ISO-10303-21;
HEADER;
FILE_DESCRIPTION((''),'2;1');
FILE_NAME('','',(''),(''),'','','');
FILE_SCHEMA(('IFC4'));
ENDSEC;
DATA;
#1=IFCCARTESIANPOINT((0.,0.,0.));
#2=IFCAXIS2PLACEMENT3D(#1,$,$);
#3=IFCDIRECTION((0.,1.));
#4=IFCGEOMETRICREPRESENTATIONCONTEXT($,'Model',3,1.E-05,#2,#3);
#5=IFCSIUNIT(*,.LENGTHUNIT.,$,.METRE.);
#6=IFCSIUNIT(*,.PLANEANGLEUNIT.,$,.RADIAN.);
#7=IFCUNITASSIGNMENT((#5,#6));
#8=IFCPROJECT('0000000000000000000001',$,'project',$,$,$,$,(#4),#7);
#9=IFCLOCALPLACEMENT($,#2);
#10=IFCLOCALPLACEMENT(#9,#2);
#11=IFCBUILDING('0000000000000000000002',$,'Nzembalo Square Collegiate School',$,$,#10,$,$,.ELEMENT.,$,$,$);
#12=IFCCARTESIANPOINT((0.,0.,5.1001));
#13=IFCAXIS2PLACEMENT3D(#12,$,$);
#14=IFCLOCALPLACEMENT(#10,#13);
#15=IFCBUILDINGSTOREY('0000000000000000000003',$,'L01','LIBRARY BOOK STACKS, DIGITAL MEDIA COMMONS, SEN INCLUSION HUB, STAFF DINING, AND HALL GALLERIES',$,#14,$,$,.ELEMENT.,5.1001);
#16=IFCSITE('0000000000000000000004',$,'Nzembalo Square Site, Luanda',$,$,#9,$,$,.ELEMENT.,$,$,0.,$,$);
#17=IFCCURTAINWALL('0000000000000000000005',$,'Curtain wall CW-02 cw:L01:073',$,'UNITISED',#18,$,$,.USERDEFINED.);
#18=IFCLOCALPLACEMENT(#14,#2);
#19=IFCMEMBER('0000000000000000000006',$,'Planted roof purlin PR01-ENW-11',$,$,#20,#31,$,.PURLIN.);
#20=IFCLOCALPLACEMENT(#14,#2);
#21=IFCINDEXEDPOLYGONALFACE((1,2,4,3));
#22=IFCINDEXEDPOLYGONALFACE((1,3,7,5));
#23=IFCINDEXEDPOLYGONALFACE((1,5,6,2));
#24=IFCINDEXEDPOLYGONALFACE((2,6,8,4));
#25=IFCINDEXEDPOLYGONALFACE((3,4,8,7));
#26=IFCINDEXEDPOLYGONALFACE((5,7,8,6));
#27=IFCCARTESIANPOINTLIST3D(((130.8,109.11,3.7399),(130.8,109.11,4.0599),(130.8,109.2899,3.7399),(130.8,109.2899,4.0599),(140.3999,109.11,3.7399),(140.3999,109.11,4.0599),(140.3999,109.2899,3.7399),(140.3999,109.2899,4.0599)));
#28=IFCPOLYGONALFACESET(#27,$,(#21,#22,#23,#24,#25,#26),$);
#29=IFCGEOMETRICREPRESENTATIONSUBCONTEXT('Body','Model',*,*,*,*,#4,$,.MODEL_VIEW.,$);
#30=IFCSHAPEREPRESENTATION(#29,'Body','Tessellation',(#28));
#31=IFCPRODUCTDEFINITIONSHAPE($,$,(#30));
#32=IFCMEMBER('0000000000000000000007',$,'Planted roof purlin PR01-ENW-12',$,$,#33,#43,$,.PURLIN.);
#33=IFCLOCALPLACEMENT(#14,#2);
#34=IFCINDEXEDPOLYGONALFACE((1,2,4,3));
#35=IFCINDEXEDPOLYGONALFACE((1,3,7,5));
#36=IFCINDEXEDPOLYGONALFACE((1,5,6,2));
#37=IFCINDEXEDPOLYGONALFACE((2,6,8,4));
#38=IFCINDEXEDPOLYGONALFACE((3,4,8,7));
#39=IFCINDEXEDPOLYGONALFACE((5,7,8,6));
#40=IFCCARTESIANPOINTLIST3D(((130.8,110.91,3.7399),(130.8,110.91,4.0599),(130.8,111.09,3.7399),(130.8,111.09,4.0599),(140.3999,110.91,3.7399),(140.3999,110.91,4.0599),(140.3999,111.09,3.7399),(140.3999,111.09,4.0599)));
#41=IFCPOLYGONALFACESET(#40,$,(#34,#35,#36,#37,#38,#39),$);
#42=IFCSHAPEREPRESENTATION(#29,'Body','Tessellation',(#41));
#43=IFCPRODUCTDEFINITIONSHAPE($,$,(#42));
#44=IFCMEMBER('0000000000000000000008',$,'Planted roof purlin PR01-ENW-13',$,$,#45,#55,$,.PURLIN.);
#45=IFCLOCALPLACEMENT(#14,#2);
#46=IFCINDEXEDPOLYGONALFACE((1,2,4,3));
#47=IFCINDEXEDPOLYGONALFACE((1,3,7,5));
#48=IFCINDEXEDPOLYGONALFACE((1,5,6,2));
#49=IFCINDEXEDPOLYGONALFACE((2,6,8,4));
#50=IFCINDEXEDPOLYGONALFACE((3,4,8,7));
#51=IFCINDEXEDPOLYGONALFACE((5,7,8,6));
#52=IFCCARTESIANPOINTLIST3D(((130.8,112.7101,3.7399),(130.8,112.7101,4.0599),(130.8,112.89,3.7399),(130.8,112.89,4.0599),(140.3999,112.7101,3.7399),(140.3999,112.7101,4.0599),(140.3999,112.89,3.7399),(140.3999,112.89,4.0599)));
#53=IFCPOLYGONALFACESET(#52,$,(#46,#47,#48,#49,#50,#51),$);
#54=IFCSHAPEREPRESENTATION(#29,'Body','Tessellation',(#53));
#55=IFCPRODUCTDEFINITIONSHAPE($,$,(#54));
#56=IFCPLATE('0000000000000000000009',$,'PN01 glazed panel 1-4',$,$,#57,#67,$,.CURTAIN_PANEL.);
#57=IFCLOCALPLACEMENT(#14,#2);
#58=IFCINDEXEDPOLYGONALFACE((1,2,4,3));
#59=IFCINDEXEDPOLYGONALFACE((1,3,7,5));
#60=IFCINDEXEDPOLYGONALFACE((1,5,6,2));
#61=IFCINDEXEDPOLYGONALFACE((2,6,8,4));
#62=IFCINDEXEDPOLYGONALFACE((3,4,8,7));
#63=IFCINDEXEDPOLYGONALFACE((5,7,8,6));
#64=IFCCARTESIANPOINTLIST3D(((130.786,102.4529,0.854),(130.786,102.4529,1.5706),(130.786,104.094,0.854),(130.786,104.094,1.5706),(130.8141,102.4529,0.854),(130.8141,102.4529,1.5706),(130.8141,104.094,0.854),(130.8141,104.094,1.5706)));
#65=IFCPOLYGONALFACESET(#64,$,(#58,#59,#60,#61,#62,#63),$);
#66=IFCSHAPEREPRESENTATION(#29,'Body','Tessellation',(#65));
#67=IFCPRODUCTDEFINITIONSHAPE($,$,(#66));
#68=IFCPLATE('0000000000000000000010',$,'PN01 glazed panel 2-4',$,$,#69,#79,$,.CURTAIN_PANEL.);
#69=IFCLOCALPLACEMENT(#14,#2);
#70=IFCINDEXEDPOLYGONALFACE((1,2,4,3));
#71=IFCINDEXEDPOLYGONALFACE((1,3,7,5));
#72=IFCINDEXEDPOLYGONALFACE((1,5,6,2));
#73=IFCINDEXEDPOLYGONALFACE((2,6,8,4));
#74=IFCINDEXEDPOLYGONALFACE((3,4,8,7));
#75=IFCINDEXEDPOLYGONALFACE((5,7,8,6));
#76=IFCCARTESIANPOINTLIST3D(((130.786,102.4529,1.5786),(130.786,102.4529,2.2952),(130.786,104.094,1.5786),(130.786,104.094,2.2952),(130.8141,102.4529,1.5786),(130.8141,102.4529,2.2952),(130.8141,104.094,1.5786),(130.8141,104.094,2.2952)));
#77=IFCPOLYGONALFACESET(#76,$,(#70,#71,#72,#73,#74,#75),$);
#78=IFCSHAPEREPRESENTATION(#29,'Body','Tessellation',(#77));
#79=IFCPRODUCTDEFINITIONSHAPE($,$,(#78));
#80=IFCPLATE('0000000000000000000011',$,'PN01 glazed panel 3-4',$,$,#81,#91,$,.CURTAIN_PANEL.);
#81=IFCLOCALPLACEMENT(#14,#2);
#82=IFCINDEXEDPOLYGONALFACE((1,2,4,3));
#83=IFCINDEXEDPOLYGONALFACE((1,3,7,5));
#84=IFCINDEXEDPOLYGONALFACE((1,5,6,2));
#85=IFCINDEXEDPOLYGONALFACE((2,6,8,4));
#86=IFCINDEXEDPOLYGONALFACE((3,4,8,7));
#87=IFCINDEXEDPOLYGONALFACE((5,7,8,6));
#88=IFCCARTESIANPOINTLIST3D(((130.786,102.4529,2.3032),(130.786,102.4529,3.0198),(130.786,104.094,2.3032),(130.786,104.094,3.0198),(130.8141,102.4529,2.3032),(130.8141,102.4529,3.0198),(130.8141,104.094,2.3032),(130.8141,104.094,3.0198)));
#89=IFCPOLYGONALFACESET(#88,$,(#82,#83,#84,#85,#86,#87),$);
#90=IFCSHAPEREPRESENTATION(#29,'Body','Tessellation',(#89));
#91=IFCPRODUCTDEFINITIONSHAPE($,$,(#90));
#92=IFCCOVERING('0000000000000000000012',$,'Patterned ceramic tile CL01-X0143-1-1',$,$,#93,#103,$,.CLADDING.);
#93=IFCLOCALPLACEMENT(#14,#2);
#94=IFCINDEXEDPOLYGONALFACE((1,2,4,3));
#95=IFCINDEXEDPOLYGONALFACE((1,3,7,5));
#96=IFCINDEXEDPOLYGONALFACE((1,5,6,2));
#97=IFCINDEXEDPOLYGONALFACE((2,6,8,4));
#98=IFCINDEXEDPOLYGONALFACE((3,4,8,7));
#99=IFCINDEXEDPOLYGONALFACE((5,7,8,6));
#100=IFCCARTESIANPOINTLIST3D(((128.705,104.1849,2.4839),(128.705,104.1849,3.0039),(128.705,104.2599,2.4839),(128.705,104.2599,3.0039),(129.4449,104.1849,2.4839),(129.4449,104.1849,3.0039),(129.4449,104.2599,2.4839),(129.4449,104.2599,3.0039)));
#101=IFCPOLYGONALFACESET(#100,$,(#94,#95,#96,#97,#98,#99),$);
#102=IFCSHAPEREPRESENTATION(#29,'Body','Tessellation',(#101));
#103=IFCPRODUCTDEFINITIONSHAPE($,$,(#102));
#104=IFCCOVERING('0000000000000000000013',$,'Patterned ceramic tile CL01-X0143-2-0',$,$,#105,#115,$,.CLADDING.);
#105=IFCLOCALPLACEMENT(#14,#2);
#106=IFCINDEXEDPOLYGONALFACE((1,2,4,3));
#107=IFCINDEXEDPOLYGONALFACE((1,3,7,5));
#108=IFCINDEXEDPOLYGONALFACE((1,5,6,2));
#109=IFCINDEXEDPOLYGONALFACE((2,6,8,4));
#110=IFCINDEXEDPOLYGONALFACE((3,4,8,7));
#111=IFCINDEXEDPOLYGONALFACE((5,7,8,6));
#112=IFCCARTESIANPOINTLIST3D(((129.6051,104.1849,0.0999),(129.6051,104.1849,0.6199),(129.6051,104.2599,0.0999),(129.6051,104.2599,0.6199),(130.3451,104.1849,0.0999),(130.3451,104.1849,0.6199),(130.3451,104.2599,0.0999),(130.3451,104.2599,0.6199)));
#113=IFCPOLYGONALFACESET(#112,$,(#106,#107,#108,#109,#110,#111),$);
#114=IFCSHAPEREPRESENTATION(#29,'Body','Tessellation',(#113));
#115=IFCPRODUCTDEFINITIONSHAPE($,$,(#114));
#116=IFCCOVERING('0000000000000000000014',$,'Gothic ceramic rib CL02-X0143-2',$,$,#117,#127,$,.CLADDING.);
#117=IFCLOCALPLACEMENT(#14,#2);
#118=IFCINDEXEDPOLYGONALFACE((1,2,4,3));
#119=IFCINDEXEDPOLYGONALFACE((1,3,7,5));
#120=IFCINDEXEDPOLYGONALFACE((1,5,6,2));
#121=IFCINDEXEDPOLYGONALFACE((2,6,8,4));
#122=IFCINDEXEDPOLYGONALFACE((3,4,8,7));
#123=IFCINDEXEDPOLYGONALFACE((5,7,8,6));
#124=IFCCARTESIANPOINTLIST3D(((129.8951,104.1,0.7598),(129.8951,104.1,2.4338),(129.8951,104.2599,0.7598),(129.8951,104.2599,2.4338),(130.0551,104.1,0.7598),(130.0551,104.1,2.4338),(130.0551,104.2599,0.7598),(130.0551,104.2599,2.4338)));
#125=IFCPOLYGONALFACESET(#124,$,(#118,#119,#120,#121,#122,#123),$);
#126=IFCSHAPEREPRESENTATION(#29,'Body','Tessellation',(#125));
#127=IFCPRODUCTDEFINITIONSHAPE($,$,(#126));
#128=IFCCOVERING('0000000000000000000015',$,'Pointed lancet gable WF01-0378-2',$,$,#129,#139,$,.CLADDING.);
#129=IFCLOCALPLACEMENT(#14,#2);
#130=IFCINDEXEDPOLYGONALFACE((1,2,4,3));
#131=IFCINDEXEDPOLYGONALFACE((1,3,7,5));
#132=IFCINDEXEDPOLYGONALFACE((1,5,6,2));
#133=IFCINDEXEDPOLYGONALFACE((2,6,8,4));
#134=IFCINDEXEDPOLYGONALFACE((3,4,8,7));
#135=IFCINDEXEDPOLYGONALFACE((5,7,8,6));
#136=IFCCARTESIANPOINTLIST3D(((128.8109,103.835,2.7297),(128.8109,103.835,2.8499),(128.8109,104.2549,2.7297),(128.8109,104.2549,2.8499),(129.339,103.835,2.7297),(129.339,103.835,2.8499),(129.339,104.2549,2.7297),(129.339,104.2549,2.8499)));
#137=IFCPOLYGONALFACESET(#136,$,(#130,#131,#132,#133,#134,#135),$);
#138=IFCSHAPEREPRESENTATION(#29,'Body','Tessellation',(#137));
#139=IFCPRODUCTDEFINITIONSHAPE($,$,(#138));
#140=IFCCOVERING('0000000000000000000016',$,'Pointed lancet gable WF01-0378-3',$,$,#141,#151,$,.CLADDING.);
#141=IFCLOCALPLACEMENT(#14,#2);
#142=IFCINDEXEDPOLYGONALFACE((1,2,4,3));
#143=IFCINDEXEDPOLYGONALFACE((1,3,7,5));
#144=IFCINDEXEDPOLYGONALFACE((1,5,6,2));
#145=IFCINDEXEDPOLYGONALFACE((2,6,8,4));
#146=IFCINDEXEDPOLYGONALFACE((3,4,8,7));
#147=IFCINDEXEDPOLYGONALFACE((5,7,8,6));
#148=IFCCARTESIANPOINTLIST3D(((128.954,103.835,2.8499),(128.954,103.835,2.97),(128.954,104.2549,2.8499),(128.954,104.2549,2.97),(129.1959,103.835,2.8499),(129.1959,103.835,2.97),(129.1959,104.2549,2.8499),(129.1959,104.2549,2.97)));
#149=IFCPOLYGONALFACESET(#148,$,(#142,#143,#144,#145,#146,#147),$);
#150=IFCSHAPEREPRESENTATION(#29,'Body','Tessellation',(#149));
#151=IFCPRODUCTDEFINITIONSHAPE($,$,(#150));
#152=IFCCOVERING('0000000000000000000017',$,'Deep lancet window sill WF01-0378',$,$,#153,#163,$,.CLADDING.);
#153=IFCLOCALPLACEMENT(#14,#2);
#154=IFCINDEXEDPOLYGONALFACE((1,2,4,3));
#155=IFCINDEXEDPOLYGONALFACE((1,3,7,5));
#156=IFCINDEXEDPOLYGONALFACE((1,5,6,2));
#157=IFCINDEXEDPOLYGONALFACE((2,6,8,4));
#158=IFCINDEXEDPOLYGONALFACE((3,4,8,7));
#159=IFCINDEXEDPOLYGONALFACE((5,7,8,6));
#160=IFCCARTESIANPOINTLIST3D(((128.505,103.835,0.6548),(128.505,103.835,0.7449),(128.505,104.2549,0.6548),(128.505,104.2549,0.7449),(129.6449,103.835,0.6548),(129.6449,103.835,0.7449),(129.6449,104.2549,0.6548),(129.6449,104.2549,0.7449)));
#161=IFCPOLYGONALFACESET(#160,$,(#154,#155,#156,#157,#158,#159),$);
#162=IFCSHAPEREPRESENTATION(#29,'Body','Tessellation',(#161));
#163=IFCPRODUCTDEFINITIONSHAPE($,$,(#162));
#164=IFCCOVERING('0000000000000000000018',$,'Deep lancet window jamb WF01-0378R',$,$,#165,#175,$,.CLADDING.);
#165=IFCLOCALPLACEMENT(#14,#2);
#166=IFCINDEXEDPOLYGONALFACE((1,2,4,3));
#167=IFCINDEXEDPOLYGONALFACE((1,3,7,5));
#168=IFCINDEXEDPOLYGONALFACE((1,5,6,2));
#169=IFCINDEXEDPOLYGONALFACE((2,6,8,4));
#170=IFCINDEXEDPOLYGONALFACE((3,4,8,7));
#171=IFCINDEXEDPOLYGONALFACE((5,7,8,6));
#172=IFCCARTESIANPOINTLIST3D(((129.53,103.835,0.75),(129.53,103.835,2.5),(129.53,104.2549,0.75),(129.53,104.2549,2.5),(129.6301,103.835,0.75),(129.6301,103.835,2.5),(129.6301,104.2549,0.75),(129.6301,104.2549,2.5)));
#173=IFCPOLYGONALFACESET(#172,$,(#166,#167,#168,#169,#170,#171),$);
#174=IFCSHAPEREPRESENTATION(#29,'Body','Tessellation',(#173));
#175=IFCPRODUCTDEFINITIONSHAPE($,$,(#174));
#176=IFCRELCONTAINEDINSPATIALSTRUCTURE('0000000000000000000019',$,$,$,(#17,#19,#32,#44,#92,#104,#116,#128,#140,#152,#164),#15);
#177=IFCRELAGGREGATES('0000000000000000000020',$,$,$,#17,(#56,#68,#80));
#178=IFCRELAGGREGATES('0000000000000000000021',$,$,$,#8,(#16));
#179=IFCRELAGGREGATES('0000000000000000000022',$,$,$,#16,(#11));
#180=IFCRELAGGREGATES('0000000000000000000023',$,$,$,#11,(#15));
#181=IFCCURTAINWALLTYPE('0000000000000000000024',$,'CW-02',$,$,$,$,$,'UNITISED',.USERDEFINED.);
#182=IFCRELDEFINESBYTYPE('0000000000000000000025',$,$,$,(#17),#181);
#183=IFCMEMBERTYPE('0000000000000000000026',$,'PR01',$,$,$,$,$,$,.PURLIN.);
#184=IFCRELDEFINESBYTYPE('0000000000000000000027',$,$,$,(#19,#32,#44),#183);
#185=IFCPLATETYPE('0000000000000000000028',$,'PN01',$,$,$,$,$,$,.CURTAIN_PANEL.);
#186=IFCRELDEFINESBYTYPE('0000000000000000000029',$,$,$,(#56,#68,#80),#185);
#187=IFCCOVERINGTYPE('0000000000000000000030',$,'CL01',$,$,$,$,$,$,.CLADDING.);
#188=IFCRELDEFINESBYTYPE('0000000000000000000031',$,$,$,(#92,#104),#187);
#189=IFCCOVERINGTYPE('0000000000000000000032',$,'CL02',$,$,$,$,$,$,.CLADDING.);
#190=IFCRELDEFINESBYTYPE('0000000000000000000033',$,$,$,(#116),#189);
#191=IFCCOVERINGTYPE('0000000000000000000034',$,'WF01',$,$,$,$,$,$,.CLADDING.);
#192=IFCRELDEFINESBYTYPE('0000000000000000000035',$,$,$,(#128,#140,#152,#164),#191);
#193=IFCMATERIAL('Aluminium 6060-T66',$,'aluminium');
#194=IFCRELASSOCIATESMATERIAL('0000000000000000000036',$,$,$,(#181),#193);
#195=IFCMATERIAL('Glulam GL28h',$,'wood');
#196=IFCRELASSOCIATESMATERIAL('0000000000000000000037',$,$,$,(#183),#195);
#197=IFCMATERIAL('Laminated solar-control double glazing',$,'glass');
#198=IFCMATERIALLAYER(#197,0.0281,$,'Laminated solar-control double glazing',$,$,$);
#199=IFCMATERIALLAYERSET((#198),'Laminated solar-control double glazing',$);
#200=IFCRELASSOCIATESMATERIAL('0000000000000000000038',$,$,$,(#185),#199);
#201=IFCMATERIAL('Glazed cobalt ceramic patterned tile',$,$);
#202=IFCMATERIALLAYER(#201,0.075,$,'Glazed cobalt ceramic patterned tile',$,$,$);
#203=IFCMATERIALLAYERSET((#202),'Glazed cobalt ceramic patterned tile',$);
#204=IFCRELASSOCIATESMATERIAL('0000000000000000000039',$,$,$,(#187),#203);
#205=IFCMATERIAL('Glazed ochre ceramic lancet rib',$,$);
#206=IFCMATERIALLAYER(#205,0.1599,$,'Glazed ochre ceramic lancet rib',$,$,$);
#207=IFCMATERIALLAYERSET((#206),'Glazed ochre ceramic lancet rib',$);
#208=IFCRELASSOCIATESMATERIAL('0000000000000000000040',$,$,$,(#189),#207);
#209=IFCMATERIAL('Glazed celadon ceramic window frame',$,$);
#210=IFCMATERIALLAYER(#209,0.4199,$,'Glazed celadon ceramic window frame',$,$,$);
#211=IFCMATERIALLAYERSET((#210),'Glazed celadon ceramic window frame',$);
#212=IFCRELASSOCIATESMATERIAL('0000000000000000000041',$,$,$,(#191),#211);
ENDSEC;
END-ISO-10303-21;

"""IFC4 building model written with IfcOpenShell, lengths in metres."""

from ifc_helpers import new_model, si_unit, direction, frame, origin, origin_2d, place, context, subcontext, project, spatial, rectangle, extrude, material, layer, layer_set, material_profile, profile_set, type_object, element, aggregate, save


model = new_model("IFC4")

# Units and contexts
model_context = context("Model", 3, precision=1e-05, world=origin(), true_north=direction((0.0, 1.0)))
body_context = subcontext(model_context, "Body", "Model", "MODEL_VIEW")
ifc_project = project(units=[si_unit("LENGTHUNIT", "METRE"), si_unit("PLANEANGLEUNIT", "RADIAN")], contexts=[model_context])

# Site, building, storey
site_placement = place(None, origin())
site = spatial("IfcSite", under=ifc_project, at=site_placement, Name="Nzembalo Square Site, Luanda", CompositionType="ELEMENT", RefElevation=0.0)
building_placement = place(site_placement, origin())
building = spatial("IfcBuilding", under=site, at=building_placement, Name="Nzembalo Square Collegiate School", CompositionType="ELEMENT")
storey_placement = place(building_placement, frame((0.0, 0.0, 5.1001)))
storey = spatial("IfcBuildingStorey", under=building, at=storey_placement, Name="L01", Description="LIBRARY BOOK STACKS, DIGITAL MEDIA COMMONS, SEN INCLUSION HUB, STAFF DINING, AND HALL GALLERIES", CompositionType="ELEMENT", Elevation=5.1001)

# Curtain wall
ifc_material_1 = material(Name="Aluminium 6060-T66", Category="aluminium")
curtain_wall_type = type_object("IfcCurtainWallType", Name="CW-02", ElementType="UNITISED", PredefinedType="USERDEFINED", material=ifc_material_1)
curtain_wall_placement = place(storey_placement, origin())
curtain_wall = element("IfcCurtainWall", 1, at=curtain_wall_placement, inside=storey, type_object=curtain_wall_type, Name="Curtain wall CW-02 cw:L01:073", ObjectType="UNITISED", PredefinedType="USERDEFINED")

# Members
ifc_material_2 = material(Name="Glulam GL28h", Category="wood")
ifc_material_profile_1 = material_profile(ifc_material_2, rectangle(XDim=0.1799, YDim=0.3201, at=origin_2d()), Name="GL28h 180x320")
ifc_profile_set_1 = profile_set([ifc_material_profile_1], Name="Glulam GL28h")
member_type_1 = type_object("IfcMemberType", Name="PR01", PredefinedType="PURLIN", material=ifc_profile_set_1)
for number, where, z_axis, x_axis, name in (
    (2, (130.8, 109.2, 3.8999), (1.0, 0.0, 0.0), (0.0, 1.0, 0.0), "Planted roof purlin PR01-ENW-11"),
    (3, (130.8, 111.0, 3.8999), (1.0, 0.0, 0.0), (0.0, 1.0, 0.0), "Planted roof purlin PR01-ENW-12"),
    (4, (130.8, 112.8, 3.8999), (1.0, 0.0, 0.0), (0.0, 1.0, 0.0), "Planted roof purlin PR01-ENW-13"),
):
    element("IfcMember", number, at=place(storey_placement, frame(where, z_axis=z_axis, x_axis=x_axis)), inside=storey, type_object=member_type_1, Name=name, PredefinedType="PURLIN", context=body_context, shape_type="SweptSolid", body=[
        extrude(rectangle(XDim=0.1799, YDim=0.3201, at=origin_2d()), origin(), (0.0, 0.0, 1.0), 9.5999),
    ])

# Plates
ifc_material_3 = material(Name="Laminated solar-control double glazing", Category="glass")
ifc_layer_1 = layer(ifc_material_3, 0.0281, Name="Laminated solar-control double glazing")
ifc_layer_set_1 = layer_set([ifc_layer_1], Name="Laminated solar-control double glazing")
plate_type = type_object("IfcPlateType", Name="PN01", PredefinedType="CURTAIN_PANEL", material=ifc_layer_set_1)
plate_1_placement = place(storey_placement, frame((130.8, 103.2734, 0.854), z_axis=(0.0, 0.0, 1.0), x_axis=(0.0, 1.0, 0.0)))
plate_1 = element("IfcPlate", 5, at=plate_1_placement, type_object=plate_type, Name="PN01 glazed panel 1-4", PredefinedType="CURTAIN_PANEL", context=body_context, shape_type="SweptSolid", body=[
    extrude(rectangle(XDim=1.6411, YDim=0.0281, at=origin_2d()), origin(), (0.0, 0.0, 1.0), 0.7166),
])
plate_2_placement = place(storey_placement, frame((130.8, 103.2734, 1.5786), z_axis=(0.0, 0.0, 1.0), x_axis=(0.0, 1.0, 0.0)))
plate_2 = element("IfcPlate", 6, at=plate_2_placement, type_object=plate_type, Name="PN01 glazed panel 2-4", PredefinedType="CURTAIN_PANEL", context=body_context, shape_type="SweptSolid", body=[
    extrude(rectangle(XDim=1.6411, YDim=0.0281, at=origin_2d()), origin(), (0.0, 0.0, 1.0), 0.7166),
])
plate_3_placement = place(storey_placement, frame((130.8, 103.2734, 2.3032), z_axis=(0.0, 0.0, 1.0), x_axis=(0.0, 1.0, 0.0)))
plate_3 = element("IfcPlate", 7, at=plate_3_placement, type_object=plate_type, Name="PN01 glazed panel 3-4", PredefinedType="CURTAIN_PANEL", context=body_context, shape_type="SweptSolid", body=[
    extrude(rectangle(XDim=1.6411, YDim=0.0281, at=origin_2d()), origin(), (0.0, 0.0, 1.0), 0.7166),
])
aggregate(curtain_wall, [plate_1, plate_2, plate_3])

# Coverings
ifc_material_4 = material(Name="Glazed cobalt ceramic patterned tile")
ifc_layer_2 = layer(ifc_material_4, 0.075, Name="Glazed cobalt ceramic patterned tile")
ifc_layer_set_2 = layer_set([ifc_layer_2], Name="Glazed cobalt ceramic patterned tile")
covering_type_1 = type_object("IfcCoveringType", Name="CL01", PredefinedType="CLADDING", material=ifc_layer_set_2)
for number, where, z_axis, x_axis, name in (
    (8, (129.075, 104.2224, 2.4839), (0.0, 0.0, 1.0), (1.0, 0.0, 0.0), "Patterned ceramic tile CL01-X0143-1-1"),
    (9, (129.9751, 104.2224, 0.0999), (0.0, 0.0, 1.0), (1.0, 0.0, 0.0), "Patterned ceramic tile CL01-X0143-2-0"),
):
    element("IfcCovering", number, at=place(storey_placement, frame(where, z_axis=z_axis, x_axis=x_axis)), inside=storey, type_object=covering_type_1, Name=name, PredefinedType="CLADDING", context=body_context, shape_type="SweptSolid", body=[
        extrude(rectangle(XDim=0.74, YDim=0.075, at=origin_2d()), origin(), (0.0, 0.0, 1.0), 0.52),
    ])
ifc_material_5 = material(Name="Glazed ochre ceramic lancet rib")
ifc_layer_3 = layer(ifc_material_5, 0.1599, Name="Glazed ochre ceramic lancet rib")
ifc_layer_set_3 = layer_set([ifc_layer_3], Name="Glazed ochre ceramic lancet rib")
covering_type_2 = type_object("IfcCoveringType", Name="CL02", PredefinedType="CLADDING", material=ifc_layer_set_3)
covering_1_placement = place(storey_placement, frame((129.9751, 104.1799, 0.7598), z_axis=(0.0, 0.0, 1.0), x_axis=(1.0, 0.0, 0.0)))
element("IfcCovering", 10, at=covering_1_placement, inside=storey, type_object=covering_type_2, Name="Gothic ceramic rib CL02-X0143-2", PredefinedType="CLADDING", context=body_context, shape_type="SweptSolid", body=[
    extrude(rectangle(XDim=0.1599, YDim=0.1599, at=origin_2d()), origin(), (0.0, 0.0, 1.0), 1.6741),
])
ifc_material_6 = material(Name="Glazed celadon ceramic window frame")
ifc_layer_4 = layer(ifc_material_6, 0.4199, Name="Glazed celadon ceramic window frame")
ifc_layer_set_4 = layer_set([ifc_layer_4], Name="Glazed celadon ceramic window frame")
covering_type_3 = type_object("IfcCoveringType", Name="WF01", PredefinedType="CLADDING", material=ifc_layer_set_4)
covering_2_placement = place(storey_placement, frame((129.075, 104.0449, 2.7297), z_axis=(0.0, 0.0, 1.0), x_axis=(1.0, 0.0, 0.0)))
element("IfcCovering", 11, at=covering_2_placement, inside=storey, type_object=covering_type_3, Name="Pointed lancet gable WF01-0378-2", PredefinedType="CLADDING", context=body_context, shape_type="SweptSolid", body=[
    extrude(rectangle(XDim=0.5281, YDim=0.4199, at=origin_2d()), origin(), (0.0, 0.0, 1.0), 0.1201),
])
covering_3_placement = place(storey_placement, frame((129.075, 104.0449, 2.8499), z_axis=(0.0, 0.0, 1.0), x_axis=(1.0, 0.0, 0.0)))
element("IfcCovering", 12, at=covering_3_placement, inside=storey, type_object=covering_type_3, Name="Pointed lancet gable WF01-0378-3", PredefinedType="CLADDING", context=body_context, shape_type="SweptSolid", body=[
    extrude(rectangle(XDim=0.2419, YDim=0.4199, at=origin_2d()), origin(), (0.0, 0.0, 1.0), 0.1201),
])
covering_4_placement = place(storey_placement, frame((129.075, 104.0449, 0.6548), z_axis=(0.0, 0.0, 1.0), x_axis=(1.0, 0.0, 0.0)))
element("IfcCovering", 13, at=covering_4_placement, inside=storey, type_object=covering_type_3, Name="Deep lancet window sill WF01-0378", PredefinedType="CLADDING", context=body_context, shape_type="SweptSolid", body=[
    extrude(rectangle(XDim=1.1399, YDim=0.4199, at=origin_2d()), origin(), (0.0, 0.0, 1.0), 0.0901),
])
covering_5_placement = place(storey_placement, frame((129.5801, 104.0449, 0.75), z_axis=(0.0, 0.0, 1.0), x_axis=(1.0, 0.0, 0.0)))
element("IfcCovering", 14, at=covering_5_placement, inside=storey, type_object=covering_type_3, Name="Deep lancet window jamb WF01-0378R", PredefinedType="CLADDING", context=body_context, shape_type="SweptSolid", body=[
    extrude(rectangle(XDim=0.1001, YDim=0.4199, at=origin_2d()), origin(), (0.0, 0.0, 1.0), 1.75),
])

save(model, "model.ifc")
